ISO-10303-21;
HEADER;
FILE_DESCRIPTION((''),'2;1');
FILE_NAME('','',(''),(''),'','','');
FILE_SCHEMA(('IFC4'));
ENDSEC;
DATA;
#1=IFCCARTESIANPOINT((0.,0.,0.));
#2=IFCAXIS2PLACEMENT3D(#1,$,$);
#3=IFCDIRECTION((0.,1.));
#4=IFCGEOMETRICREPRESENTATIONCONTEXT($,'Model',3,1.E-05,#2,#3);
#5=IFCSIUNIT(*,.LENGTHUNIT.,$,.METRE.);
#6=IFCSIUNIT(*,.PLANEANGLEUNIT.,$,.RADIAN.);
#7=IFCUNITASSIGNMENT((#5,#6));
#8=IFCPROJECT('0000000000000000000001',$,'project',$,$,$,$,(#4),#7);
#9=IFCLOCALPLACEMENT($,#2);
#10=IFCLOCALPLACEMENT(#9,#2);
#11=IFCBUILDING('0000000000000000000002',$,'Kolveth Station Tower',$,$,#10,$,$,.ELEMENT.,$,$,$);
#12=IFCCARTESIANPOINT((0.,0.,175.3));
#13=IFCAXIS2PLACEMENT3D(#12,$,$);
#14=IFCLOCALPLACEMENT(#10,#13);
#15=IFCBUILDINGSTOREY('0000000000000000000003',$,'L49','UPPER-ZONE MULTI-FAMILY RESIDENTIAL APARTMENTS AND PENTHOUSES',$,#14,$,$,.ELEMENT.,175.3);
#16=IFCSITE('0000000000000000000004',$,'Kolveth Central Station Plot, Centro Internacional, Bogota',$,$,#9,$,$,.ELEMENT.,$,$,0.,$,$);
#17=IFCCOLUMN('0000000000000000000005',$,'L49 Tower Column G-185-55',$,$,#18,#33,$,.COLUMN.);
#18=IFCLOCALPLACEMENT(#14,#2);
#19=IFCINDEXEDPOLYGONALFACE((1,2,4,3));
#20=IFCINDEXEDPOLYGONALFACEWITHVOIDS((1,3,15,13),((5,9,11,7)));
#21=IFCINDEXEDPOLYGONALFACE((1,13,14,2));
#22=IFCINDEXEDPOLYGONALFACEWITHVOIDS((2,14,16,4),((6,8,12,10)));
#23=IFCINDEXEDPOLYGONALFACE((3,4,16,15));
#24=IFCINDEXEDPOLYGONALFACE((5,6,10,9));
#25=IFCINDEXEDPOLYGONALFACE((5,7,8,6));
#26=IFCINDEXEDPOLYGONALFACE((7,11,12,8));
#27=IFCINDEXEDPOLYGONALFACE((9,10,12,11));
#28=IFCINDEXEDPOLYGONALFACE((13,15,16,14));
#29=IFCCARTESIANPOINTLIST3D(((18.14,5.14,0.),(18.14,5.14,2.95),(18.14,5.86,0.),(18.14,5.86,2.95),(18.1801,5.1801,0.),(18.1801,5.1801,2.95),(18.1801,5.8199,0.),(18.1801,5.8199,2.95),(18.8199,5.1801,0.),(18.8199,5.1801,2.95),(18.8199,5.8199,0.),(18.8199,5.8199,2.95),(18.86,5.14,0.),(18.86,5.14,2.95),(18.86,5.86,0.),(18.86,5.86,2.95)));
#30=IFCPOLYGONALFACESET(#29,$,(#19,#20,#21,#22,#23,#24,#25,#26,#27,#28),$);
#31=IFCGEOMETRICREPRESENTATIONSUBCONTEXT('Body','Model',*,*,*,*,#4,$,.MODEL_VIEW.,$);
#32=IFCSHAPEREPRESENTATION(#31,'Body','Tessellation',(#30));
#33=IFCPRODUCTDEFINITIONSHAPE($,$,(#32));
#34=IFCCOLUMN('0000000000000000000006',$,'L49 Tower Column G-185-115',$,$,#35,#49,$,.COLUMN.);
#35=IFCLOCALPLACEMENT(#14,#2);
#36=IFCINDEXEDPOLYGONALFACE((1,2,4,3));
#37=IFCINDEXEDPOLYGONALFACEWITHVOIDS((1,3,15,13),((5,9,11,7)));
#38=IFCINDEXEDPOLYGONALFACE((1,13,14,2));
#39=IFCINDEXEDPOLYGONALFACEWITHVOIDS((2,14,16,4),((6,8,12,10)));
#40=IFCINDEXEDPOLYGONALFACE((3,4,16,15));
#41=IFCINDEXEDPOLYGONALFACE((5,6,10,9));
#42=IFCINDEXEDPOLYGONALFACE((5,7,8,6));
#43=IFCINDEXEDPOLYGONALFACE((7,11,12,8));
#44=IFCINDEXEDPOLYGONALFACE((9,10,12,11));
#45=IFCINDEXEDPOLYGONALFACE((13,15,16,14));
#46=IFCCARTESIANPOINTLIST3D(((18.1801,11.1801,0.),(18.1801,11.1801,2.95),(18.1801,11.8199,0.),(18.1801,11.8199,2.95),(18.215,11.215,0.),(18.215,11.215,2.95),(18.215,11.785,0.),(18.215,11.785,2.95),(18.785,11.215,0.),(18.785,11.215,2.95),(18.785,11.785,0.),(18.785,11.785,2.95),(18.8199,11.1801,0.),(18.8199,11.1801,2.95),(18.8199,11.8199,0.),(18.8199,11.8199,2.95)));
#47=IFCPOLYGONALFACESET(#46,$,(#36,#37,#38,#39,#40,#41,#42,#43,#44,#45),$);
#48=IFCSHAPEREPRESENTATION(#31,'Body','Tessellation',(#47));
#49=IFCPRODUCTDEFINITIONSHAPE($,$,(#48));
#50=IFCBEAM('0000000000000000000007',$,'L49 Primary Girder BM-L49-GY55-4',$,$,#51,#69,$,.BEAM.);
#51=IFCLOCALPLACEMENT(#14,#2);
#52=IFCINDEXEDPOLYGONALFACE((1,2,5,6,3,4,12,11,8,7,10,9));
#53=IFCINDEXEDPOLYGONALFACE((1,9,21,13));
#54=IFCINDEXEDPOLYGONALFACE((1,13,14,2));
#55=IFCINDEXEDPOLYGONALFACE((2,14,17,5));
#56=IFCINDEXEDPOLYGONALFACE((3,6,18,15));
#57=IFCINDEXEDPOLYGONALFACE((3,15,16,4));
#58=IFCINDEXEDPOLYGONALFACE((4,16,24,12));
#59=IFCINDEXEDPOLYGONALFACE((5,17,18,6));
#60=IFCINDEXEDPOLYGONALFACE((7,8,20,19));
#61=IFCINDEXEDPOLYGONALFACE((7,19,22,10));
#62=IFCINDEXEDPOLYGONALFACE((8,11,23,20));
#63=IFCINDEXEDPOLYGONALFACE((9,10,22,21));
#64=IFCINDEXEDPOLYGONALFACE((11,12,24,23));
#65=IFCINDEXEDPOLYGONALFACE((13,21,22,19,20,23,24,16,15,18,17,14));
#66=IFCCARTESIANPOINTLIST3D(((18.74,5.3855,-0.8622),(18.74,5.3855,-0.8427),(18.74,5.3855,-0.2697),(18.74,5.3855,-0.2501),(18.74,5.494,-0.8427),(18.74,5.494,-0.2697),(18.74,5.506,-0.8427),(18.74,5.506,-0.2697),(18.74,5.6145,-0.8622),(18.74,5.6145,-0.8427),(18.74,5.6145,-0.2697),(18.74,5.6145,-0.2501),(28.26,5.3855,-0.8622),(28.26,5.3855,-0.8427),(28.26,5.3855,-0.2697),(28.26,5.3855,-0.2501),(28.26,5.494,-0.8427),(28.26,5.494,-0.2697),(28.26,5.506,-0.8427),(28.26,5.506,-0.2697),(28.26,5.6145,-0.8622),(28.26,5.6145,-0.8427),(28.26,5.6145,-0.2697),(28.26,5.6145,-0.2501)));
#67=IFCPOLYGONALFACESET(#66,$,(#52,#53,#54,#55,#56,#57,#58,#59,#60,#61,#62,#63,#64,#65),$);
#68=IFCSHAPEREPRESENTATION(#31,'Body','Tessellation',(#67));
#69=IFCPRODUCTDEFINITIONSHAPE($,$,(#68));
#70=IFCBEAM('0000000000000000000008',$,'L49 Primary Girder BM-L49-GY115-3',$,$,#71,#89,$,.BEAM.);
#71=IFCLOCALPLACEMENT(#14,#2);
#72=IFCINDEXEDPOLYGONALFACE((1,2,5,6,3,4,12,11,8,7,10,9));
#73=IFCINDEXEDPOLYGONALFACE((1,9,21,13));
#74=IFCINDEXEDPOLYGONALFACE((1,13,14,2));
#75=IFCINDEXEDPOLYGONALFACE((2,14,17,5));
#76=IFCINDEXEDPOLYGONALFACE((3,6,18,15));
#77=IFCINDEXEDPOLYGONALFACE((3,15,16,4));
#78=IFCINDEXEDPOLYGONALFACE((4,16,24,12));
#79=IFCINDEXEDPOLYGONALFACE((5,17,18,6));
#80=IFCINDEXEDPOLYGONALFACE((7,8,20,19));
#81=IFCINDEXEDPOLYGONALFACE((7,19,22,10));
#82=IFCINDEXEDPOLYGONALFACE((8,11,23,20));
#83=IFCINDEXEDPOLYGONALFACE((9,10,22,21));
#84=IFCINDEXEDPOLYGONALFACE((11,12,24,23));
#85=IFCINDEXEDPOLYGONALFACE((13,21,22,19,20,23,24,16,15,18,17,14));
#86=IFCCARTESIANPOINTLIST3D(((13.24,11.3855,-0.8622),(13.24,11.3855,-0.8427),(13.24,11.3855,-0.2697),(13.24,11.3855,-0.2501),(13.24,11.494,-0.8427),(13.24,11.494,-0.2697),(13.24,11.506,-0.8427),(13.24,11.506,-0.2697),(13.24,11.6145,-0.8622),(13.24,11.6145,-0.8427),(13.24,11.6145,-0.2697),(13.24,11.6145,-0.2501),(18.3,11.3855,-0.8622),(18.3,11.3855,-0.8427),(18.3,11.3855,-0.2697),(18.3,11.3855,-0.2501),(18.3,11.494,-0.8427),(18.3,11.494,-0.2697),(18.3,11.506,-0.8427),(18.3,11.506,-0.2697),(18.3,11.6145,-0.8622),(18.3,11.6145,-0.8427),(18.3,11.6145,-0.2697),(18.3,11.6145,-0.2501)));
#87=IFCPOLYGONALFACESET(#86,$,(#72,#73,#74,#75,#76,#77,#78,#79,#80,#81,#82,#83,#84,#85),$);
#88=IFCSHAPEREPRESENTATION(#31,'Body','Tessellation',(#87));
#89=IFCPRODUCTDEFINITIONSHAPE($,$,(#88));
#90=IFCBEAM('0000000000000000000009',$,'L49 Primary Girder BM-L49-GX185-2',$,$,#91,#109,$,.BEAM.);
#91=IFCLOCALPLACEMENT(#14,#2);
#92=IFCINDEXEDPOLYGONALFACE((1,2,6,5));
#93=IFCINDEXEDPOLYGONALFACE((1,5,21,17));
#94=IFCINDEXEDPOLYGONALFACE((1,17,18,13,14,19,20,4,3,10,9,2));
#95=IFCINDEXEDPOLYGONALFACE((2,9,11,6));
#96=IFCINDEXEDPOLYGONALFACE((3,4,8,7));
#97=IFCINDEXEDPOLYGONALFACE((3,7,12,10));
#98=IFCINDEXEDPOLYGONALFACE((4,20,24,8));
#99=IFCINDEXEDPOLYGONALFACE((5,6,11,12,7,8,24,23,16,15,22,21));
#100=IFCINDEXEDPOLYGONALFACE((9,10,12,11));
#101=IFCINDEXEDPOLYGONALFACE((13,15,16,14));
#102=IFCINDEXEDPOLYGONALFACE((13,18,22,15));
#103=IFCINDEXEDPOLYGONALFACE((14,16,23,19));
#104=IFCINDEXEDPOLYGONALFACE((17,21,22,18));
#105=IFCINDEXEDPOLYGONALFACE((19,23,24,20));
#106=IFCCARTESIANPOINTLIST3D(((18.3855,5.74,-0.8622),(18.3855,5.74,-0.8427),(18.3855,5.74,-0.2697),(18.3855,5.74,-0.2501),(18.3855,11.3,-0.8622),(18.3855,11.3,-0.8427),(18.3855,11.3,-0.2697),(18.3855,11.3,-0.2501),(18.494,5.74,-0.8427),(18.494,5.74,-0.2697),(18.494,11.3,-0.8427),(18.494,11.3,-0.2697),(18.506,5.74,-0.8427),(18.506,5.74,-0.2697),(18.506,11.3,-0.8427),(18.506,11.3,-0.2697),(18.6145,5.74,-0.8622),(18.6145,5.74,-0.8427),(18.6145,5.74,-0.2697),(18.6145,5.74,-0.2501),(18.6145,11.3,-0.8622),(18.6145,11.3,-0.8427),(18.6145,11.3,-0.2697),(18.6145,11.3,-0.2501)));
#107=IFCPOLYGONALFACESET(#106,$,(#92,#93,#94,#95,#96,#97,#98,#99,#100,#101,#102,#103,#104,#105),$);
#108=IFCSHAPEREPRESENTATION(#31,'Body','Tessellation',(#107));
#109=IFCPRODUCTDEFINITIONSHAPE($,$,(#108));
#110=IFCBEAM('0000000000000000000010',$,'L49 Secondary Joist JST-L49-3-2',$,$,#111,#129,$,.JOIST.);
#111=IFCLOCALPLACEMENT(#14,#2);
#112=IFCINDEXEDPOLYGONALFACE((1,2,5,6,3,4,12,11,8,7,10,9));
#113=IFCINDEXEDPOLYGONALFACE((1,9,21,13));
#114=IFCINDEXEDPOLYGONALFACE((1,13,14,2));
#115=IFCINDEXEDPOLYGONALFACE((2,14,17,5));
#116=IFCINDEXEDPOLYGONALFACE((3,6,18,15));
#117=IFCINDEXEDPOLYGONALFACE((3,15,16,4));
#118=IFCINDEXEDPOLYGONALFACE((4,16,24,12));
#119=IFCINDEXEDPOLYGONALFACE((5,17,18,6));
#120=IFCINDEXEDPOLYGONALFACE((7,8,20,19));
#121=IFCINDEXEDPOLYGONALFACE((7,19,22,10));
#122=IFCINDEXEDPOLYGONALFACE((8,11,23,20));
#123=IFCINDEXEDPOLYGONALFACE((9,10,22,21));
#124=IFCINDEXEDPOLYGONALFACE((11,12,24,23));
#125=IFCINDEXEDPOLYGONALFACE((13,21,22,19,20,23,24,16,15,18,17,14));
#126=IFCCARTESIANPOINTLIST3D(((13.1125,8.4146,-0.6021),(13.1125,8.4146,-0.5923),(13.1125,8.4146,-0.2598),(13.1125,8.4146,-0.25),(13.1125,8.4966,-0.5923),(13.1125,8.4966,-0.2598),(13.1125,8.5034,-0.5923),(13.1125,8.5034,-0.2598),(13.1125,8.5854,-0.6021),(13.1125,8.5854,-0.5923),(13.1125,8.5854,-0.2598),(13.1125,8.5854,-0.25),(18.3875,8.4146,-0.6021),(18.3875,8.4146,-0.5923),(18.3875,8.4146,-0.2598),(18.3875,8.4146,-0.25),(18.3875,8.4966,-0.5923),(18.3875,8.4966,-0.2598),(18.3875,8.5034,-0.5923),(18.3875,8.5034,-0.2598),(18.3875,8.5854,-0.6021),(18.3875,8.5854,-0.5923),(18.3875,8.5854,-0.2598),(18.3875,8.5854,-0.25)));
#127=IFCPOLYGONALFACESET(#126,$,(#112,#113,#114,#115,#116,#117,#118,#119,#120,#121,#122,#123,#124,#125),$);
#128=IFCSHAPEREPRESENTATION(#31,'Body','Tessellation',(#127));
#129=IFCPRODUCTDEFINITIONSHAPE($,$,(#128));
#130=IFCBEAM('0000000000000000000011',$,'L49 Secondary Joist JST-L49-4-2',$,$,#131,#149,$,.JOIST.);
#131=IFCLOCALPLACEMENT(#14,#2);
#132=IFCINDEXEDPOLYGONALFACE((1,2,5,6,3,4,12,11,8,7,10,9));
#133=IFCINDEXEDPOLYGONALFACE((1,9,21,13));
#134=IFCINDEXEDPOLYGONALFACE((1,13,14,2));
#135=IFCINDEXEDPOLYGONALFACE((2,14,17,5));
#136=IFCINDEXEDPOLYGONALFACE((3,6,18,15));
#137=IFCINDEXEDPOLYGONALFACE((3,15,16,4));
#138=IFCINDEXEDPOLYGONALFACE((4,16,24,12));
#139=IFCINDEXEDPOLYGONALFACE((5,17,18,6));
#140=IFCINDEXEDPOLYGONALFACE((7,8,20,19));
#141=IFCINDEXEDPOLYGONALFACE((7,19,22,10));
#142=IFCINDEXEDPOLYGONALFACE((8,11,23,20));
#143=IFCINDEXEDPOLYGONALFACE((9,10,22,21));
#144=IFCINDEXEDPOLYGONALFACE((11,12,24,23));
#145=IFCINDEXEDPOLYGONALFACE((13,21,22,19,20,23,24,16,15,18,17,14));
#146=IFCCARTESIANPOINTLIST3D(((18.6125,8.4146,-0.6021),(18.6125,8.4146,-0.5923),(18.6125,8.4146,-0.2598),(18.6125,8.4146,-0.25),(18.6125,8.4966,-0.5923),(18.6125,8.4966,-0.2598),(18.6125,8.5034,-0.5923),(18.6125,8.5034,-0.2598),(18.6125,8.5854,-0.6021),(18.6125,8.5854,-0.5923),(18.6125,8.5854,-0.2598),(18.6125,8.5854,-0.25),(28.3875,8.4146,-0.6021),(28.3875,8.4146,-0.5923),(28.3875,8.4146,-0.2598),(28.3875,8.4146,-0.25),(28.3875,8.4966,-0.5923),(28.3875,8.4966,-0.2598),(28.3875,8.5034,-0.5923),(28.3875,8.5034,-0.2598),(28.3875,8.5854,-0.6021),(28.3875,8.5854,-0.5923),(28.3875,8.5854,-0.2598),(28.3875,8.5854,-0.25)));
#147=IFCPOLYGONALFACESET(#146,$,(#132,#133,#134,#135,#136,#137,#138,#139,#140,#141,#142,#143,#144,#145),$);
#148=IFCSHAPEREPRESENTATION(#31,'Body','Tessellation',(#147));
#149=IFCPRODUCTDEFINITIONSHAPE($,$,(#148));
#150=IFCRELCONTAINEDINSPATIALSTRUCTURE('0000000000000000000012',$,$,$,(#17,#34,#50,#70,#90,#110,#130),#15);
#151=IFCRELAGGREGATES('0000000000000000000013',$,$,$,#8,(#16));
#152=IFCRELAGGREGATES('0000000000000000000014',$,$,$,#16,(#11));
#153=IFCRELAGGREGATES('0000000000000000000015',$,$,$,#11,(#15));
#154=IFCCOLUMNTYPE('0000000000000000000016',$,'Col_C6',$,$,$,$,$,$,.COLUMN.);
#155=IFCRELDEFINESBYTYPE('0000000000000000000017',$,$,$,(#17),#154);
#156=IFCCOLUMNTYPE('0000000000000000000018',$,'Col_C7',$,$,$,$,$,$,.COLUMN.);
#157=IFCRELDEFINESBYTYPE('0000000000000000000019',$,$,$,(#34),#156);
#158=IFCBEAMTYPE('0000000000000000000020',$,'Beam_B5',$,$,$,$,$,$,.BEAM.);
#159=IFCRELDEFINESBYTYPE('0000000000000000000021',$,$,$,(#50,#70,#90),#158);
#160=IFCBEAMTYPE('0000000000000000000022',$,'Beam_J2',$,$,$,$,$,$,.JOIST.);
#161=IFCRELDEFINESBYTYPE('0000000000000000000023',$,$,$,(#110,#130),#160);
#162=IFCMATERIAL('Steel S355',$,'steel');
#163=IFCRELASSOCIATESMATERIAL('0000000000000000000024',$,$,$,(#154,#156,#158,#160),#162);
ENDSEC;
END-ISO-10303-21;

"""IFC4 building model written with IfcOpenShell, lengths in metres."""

from ifc_helpers import new_model, si_unit, direction, frame, origin, origin_2d, place, context, subcontext, project, spatial, hollow_rectangle, i_section, extrude, source, transform, mapped, material, material_profile, profile_set, type_object, element, save


model = new_model("IFC4")

# Units and contexts
model_context = context("Model", 3, precision=1e-05, world=origin(), true_north=direction((0.0, 1.0)))
body_context = subcontext(model_context, "Body", "Model", "MODEL_VIEW")
ifc_project = project(units=[si_unit("LENGTHUNIT", "METRE"), si_unit("PLANEANGLEUNIT", "RADIAN")], contexts=[model_context])

# Site, building, storey
site_placement = place(None, origin())
site = spatial("IfcSite", under=ifc_project, at=site_placement, Name="Kolveth Central Station Plot, Centro Internacional, Bogota", CompositionType="ELEMENT", RefElevation=0.0)
building_placement = place(site_placement, origin())
building = spatial("IfcBuilding", under=site, at=building_placement, Name="Kolveth Station Tower", CompositionType="ELEMENT")
storey_placement = place(building_placement, frame((0.0, 0.0, 175.3)))
storey = spatial("IfcBuildingStorey", under=building, at=storey_placement, Name="L49", Description="UPPER-ZONE MULTI-FAMILY RESIDENTIAL APARTMENTS AND PENTHOUSES", CompositionType="ELEMENT", Elevation=175.3)

# Columns
ifc_material_1 = material(Name="Steel S355", Category="steel")
ifc_material_profile_1 = material_profile(ifc_material_1, hollow_rectangle(XDim=0.72, YDim=0.72, WallThickness=0.04, at=origin_2d()), Name="BOX720x720x40")
ifc_profile_set_1 = profile_set([ifc_material_profile_1], Name="Steel S355")
column_type_1 = type_object("IfcColumnType", Name="Col_C6", PredefinedType="COLUMN", material=ifc_profile_set_1)
shared_shape_1 = source(origin(), body_context, "Body", "SweptSolid", [
    extrude(hollow_rectangle(XDim=0.72, YDim=0.72, WallThickness=0.04, at=origin_2d()), origin(), (0.0, 0.0, 1.0), 2.95),
])
column_1_placement = place(storey_placement, frame((18.5, 5.5, 0.0), z_axis=(0.0, 0.0, 1.0), x_axis=(1.0, 0.0, 0.0)))
element("IfcColumn", 1, at=column_1_placement, inside=storey, type_object=column_type_1, Name="L49 Tower Column G-185-55", PredefinedType="COLUMN", context=body_context, shape_type="MappedRepresentation", body=[
    mapped(shared_shape_1, transform((0.0, 0.0, 0.0), x_axis=(1.0, 0.0, 0.0), y_axis=(0.0, 1.0, 0.0), z_axis=(0.0, 0.0, 1.0), scale=1.0)),
])
ifc_material_profile_2 = material_profile(ifc_material_1, hollow_rectangle(XDim=0.6399, YDim=0.6399, WallThickness=0.0349, at=origin_2d()), Name="BOX640x640x35")
ifc_profile_set_2 = profile_set([ifc_material_profile_2], Name="Steel S355")
column_type_2 = type_object("IfcColumnType", Name="Col_C7", PredefinedType="COLUMN", material=ifc_profile_set_2)
shared_shape_2 = source(origin(), body_context, "Body", "SweptSolid", [
    extrude(hollow_rectangle(XDim=0.6399, YDim=0.6399, WallThickness=0.0349, at=origin_2d()), origin(), (0.0, 0.0, 1.0), 2.95),
])
column_2_placement = place(storey_placement, frame((18.5, 11.5, 0.0), z_axis=(0.0, 0.0, 1.0), x_axis=(1.0, 0.0, 0.0)))
element("IfcColumn", 2, at=column_2_placement, inside=storey, type_object=column_type_2, Name="L49 Tower Column G-185-115", PredefinedType="COLUMN", context=body_context, shape_type="MappedRepresentation", body=[
    mapped(shared_shape_2, transform((0.0, 0.0, 0.0), x_axis=(1.0, 0.0, 0.0), y_axis=(0.0, 1.0, 0.0), z_axis=(0.0, 0.0, 1.0), scale=1.0)),
])

# Beams
ifc_material_profile_3 = material_profile(ifc_material_1, i_section(OverallWidth=0.229, OverallDepth=0.6121, WebThickness=0.012, FlangeThickness=0.0195, at=origin_2d()), Name="W610x125")
ifc_profile_set_3 = profile_set([ifc_material_profile_3], Name="Steel S355")
beam_type_1 = type_object("IfcBeamType", Name="Beam_B5", PredefinedType="BEAM", material=ifc_profile_set_3)
shared_shape_3 = source(origin(), body_context, "Body", "SweptSolid", [
    extrude(i_section(OverallWidth=0.229, OverallDepth=0.6121, WebThickness=0.012, FlangeThickness=0.0195, at=origin_2d()), origin(), (0.0, 0.0, 1.0), 9.52),
])
beam_1_placement = place(storey_placement, frame((18.74, 5.5, -0.5562), z_axis=(1.0, 0.0, 0.0), x_axis=(0.0, 1.0, 0.0)))
element("IfcBeam", 3, at=beam_1_placement, inside=storey, type_object=beam_type_1, Name="L49 Primary Girder BM-L49-GY55-4", PredefinedType="BEAM", context=body_context, shape_type="MappedRepresentation", body=[
    mapped(shared_shape_3, transform((0.0, 0.0, 0.0), x_axis=(1.0, 0.0, 0.0), y_axis=(0.0, 1.0, 0.0), z_axis=(0.0, 0.0, 1.0), scale=1.0)),
])
shared_shape_4 = source(origin(), body_context, "Body", "SweptSolid", [
    extrude(i_section(OverallWidth=0.229, OverallDepth=0.6121, WebThickness=0.012, FlangeThickness=0.0195, at=origin_2d()), origin(), (0.0, 0.0, 1.0), 5.0601),
])
beam_2_placement = place(storey_placement, frame((13.24, 11.5, -0.5562), z_axis=(1.0, 0.0, 0.0), x_axis=(0.0, 1.0, 0.0)))
element("IfcBeam", 4, at=beam_2_placement, inside=storey, type_object=beam_type_1, Name="L49 Primary Girder BM-L49-GY115-3", PredefinedType="BEAM", context=body_context, shape_type="MappedRepresentation", body=[
    mapped(shared_shape_4, transform((0.0, 0.0, 0.0), x_axis=(1.0, 0.0, 0.0), y_axis=(0.0, 1.0, 0.0), z_axis=(0.0, 0.0, 1.0), scale=1.0)),
])
shared_shape_5 = source(origin(), body_context, "Body", "SweptSolid", [
    extrude(i_section(OverallWidth=0.229, OverallDepth=0.6121, WebThickness=0.012, FlangeThickness=0.0195, at=origin_2d()), origin(), (0.0, 0.0, 1.0), 5.5601),
])
beam_3_placement = place(storey_placement, frame((18.5, 5.74, -0.5562), z_axis=(0.0, 1.0, 0.0), x_axis=(-1.0, 0.0, 0.0)))
element("IfcBeam", 5, at=beam_3_placement, inside=storey, type_object=beam_type_1, Name="L49 Primary Girder BM-L49-GX185-2", PredefinedType="BEAM", context=body_context, shape_type="MappedRepresentation", body=[
    mapped(shared_shape_5, transform((0.0, 0.0, 0.0), x_axis=(1.0, 0.0, 0.0), y_axis=(0.0, 1.0, 0.0), z_axis=(0.0, 0.0, 1.0), scale=1.0)),
])
ifc_material_profile_4 = material_profile(ifc_material_1, i_section(OverallWidth=0.1709, OverallDepth=0.3521, WebThickness=0.0068, FlangeThickness=0.0098, at=origin_2d()), Name="W360x44")
ifc_profile_set_4 = profile_set([ifc_material_profile_4], Name="Steel S355")
beam_type_2 = type_object("IfcBeamType", Name="Beam_J2", PredefinedType="JOIST", material=ifc_profile_set_4)
shared_shape_6 = source(origin(), body_context, "Body", "SweptSolid", [
    extrude(i_section(OverallWidth=0.1709, OverallDepth=0.3521, WebThickness=0.0068, FlangeThickness=0.0098, at=origin_2d()), origin(), (0.0, 0.0, 1.0), 5.2749),
])
beam_4_placement = place(storey_placement, frame((13.1125, 8.5, -0.426), z_axis=(1.0, 0.0, 0.0), x_axis=(0.0, 1.0, 0.0)))
element("IfcBeam", 6, at=beam_4_placement, inside=storey, type_object=beam_type_2, Name="L49 Secondary Joist JST-L49-3-2", PredefinedType="JOIST", context=body_context, shape_type="MappedRepresentation", body=[
    mapped(shared_shape_6, transform((0.0, 0.0, 0.0), x_axis=(1.0, 0.0, 0.0), y_axis=(0.0, 1.0, 0.0), z_axis=(0.0, 0.0, 1.0), scale=1.0)),
])
shared_shape_7 = source(origin(), body_context, "Body", "SweptSolid", [
    extrude(i_section(OverallWidth=0.1709, OverallDepth=0.3521, WebThickness=0.0068, FlangeThickness=0.0098, at=origin_2d()), origin(), (0.0, 0.0, 1.0), 9.7749),
])
beam_5_placement = place(storey_placement, frame((18.6125, 8.5, -0.426), z_axis=(1.0, 0.0, 0.0), x_axis=(0.0, 1.0, 0.0)))
element("IfcBeam", 7, at=beam_5_placement, inside=storey, type_object=beam_type_2, Name="L49 Secondary Joist JST-L49-4-2", PredefinedType="JOIST", context=body_context, shape_type="MappedRepresentation", body=[
    mapped(shared_shape_7, transform((0.0, 0.0, 0.0), x_axis=(1.0, 0.0, 0.0), y_axis=(0.0, 1.0, 0.0), z_axis=(0.0, 0.0, 1.0), scale=1.0)),
])

save(model, "model.ifc")
